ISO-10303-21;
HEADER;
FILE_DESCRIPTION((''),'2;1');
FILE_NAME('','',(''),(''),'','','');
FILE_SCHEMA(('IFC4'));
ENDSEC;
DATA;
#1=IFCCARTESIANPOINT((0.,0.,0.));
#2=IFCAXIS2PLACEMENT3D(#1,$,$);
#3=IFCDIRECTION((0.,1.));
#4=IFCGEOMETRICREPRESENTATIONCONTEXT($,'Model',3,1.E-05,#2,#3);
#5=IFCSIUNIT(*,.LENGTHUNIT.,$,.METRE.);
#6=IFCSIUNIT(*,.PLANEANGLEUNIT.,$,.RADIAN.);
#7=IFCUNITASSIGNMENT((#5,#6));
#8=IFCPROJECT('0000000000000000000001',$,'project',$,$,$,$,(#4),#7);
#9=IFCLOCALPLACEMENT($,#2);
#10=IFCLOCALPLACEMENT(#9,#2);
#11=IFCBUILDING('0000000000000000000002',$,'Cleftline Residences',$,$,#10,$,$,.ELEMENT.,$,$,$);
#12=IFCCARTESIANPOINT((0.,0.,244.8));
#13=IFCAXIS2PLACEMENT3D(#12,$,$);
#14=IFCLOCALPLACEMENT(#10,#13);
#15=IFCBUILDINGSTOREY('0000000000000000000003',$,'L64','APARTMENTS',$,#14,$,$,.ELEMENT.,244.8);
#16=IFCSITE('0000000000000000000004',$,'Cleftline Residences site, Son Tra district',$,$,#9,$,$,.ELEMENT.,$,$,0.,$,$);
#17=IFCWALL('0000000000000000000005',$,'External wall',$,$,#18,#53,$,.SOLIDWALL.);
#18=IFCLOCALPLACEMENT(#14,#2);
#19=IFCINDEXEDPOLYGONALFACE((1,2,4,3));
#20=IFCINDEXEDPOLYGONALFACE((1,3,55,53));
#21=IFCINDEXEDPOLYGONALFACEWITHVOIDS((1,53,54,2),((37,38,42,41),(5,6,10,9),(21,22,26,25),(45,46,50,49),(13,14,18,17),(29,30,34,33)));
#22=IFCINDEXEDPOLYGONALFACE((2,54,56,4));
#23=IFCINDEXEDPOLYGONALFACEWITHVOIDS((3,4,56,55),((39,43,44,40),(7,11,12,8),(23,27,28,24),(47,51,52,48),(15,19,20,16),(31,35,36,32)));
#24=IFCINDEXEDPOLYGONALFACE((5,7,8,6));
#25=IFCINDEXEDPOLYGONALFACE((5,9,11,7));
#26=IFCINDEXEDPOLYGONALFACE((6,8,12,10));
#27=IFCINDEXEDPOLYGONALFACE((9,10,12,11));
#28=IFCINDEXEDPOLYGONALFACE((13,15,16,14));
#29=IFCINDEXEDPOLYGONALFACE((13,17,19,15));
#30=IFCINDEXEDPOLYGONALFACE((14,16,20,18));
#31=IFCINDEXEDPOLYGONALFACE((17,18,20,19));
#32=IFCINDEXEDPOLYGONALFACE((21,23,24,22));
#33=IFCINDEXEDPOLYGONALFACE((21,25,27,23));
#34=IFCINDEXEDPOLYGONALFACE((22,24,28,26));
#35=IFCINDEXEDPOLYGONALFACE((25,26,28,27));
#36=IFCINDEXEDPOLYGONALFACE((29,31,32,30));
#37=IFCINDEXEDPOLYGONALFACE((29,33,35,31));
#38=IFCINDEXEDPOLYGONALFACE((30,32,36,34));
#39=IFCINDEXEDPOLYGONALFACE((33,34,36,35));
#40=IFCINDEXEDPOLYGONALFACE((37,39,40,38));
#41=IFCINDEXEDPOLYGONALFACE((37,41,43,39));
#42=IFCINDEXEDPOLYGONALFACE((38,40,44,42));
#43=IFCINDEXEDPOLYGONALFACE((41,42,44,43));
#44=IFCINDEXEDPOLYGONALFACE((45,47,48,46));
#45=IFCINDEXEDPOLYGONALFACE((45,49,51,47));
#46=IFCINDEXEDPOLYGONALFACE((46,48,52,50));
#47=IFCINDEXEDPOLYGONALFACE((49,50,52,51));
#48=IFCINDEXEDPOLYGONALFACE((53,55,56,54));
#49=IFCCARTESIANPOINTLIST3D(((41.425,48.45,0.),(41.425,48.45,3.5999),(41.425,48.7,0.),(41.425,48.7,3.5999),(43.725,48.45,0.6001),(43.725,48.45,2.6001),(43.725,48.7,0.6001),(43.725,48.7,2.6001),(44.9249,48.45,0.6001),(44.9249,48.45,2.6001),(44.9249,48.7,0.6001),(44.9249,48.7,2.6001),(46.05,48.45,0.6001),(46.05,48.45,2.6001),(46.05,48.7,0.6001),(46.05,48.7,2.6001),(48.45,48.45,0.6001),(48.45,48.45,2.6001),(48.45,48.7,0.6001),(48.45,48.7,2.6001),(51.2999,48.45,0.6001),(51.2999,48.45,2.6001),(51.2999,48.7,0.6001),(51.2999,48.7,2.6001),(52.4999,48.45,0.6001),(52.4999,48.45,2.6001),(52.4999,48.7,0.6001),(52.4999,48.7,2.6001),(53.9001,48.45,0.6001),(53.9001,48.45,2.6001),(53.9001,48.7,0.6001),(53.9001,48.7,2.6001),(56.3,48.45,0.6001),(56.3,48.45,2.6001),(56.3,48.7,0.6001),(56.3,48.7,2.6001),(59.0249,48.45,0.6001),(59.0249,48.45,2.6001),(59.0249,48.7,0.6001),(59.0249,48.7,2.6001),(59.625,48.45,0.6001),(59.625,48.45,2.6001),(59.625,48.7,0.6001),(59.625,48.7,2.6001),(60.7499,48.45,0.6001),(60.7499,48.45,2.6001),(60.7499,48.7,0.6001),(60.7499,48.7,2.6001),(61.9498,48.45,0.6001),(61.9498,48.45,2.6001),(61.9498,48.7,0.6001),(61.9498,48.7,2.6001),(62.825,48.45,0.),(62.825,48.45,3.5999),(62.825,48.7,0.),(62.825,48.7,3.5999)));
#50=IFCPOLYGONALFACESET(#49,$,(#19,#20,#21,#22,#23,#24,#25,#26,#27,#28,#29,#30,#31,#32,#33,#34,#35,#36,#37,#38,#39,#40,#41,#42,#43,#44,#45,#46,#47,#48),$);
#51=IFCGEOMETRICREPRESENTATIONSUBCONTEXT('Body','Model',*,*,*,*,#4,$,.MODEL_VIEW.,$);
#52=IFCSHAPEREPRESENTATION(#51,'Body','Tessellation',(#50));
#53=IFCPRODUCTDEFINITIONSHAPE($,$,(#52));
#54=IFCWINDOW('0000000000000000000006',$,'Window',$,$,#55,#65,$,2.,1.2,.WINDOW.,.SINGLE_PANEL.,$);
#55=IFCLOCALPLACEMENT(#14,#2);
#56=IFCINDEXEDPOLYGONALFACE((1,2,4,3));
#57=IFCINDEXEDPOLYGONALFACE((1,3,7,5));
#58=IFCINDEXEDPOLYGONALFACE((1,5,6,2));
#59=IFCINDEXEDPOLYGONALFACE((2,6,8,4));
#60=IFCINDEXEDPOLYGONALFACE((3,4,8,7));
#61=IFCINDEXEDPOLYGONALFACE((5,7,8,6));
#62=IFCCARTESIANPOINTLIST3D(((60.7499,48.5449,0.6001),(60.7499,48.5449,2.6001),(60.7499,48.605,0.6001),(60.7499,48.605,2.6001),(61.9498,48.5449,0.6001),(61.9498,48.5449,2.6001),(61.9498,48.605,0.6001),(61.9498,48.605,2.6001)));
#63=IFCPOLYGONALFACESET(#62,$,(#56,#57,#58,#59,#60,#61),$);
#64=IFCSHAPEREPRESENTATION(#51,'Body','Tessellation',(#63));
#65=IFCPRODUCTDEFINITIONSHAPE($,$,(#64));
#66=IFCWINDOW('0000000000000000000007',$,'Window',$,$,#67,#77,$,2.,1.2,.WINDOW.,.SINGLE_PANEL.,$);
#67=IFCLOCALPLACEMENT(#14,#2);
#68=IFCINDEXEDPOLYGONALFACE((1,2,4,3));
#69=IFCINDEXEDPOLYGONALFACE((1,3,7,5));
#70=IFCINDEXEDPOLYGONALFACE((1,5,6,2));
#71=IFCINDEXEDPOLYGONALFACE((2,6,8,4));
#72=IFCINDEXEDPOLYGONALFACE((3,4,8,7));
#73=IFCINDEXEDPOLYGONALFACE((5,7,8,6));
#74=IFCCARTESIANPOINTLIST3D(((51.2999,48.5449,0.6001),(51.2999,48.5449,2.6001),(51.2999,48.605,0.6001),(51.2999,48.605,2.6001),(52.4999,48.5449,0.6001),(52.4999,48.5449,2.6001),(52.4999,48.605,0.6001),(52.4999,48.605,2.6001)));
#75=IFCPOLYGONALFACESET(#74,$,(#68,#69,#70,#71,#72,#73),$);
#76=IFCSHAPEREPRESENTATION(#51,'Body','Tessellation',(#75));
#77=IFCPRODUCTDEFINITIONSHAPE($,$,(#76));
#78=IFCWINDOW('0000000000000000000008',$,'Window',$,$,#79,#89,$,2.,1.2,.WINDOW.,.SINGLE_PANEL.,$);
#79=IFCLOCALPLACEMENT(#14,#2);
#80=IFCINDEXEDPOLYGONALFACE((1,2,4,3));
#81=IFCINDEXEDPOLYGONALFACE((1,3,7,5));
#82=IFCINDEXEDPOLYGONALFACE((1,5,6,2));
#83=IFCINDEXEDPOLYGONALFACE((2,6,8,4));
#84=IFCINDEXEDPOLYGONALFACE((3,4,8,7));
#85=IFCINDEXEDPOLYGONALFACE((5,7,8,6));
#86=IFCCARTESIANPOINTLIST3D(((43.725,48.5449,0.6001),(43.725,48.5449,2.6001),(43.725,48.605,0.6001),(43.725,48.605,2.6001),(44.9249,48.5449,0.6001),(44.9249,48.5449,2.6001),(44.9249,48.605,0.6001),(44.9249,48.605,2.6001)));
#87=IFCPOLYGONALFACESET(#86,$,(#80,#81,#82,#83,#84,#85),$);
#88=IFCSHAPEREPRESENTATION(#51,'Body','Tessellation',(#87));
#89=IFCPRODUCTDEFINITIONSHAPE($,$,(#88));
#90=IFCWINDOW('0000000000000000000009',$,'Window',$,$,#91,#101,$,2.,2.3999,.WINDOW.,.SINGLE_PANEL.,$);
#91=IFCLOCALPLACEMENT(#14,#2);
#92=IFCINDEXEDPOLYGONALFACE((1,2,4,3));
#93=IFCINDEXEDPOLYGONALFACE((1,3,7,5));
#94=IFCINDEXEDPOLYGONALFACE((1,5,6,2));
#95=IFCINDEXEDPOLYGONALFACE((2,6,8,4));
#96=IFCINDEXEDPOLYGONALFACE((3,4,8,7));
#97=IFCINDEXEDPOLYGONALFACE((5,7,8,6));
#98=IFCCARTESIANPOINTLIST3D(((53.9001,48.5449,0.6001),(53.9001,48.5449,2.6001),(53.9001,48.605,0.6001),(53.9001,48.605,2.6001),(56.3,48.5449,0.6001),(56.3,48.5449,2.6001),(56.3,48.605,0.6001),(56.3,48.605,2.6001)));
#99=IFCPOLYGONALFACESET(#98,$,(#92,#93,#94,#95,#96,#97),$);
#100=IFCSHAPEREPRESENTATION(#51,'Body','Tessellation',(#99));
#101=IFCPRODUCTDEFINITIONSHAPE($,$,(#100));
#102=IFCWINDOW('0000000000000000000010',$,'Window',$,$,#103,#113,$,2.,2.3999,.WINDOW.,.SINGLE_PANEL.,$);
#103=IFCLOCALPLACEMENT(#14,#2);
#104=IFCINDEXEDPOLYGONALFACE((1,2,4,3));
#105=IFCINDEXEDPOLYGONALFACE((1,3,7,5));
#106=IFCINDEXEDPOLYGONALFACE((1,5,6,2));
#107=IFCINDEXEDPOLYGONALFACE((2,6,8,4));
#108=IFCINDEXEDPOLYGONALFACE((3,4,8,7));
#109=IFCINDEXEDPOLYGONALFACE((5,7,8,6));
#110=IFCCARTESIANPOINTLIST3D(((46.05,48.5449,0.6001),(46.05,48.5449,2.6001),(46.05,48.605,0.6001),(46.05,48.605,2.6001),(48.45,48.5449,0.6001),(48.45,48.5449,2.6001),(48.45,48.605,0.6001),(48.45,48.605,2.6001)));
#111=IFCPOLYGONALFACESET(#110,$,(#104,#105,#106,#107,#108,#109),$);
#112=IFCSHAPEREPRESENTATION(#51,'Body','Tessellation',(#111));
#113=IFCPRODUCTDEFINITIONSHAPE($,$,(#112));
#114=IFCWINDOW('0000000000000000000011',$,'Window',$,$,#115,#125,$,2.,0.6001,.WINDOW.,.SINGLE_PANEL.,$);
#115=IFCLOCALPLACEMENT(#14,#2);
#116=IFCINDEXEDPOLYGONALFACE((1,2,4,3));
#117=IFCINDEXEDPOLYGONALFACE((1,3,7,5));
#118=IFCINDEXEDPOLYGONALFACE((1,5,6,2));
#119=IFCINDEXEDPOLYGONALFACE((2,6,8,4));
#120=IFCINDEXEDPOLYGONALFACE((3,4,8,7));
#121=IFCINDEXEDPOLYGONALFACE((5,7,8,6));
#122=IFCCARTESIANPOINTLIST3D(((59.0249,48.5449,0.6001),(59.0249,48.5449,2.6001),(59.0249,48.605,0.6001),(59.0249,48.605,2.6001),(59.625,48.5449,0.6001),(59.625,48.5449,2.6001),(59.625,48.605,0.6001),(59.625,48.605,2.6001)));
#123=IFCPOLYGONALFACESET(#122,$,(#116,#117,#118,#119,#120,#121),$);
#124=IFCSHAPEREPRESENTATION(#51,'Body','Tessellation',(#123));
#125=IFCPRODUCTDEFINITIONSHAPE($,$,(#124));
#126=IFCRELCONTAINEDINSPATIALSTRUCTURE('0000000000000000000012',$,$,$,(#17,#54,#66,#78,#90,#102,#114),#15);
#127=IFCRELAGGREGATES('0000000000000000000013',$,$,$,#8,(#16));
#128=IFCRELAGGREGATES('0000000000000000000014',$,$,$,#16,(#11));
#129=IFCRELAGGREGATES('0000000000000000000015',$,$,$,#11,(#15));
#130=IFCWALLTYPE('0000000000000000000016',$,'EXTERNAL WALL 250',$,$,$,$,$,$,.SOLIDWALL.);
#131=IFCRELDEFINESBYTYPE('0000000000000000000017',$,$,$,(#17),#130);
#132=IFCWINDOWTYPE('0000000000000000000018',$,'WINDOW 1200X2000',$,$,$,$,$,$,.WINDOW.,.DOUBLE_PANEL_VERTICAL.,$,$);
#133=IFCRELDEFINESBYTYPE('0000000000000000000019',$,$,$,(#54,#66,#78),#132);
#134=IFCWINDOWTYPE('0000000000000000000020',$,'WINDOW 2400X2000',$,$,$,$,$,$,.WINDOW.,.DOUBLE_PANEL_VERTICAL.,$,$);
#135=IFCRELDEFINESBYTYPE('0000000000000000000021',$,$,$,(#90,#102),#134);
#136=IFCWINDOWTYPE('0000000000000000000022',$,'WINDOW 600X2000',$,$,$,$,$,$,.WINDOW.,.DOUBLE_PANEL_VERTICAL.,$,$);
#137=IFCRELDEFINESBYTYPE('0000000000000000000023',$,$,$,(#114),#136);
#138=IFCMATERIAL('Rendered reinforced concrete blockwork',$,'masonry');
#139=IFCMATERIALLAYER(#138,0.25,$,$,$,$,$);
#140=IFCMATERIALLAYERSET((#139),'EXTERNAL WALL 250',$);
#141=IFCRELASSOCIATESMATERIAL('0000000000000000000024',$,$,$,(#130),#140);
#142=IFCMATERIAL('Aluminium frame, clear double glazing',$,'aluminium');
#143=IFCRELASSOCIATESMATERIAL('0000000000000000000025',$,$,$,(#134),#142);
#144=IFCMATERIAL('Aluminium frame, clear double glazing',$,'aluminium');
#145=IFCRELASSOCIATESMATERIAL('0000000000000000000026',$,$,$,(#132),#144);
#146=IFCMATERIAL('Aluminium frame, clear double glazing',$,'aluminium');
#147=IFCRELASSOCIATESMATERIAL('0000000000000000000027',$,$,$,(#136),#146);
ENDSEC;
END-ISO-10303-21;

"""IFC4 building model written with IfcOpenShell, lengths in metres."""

from ifc_helpers import new_model, si_unit, direction, frame, frame_2d, origin, place, context, subcontext, project, spatial, rectangle, extrude, material, layer, layer_set, type_object, element, fill, save


model = new_model("IFC4")

# Units and contexts
model_context = context("Model", 3, precision=1e-05, world=origin(), true_north=direction((0.0, 1.0)))
body_context = subcontext(model_context, "Body", "Model", "MODEL_VIEW")
ifc_project = project(units=[si_unit("LENGTHUNIT", "METRE"), si_unit("PLANEANGLEUNIT", "RADIAN")], contexts=[model_context])

# Site, building, storey
site_placement = place(None, origin())
site = spatial("IfcSite", under=ifc_project, at=site_placement, Name="Cleftline Residences site, Son Tra district", CompositionType="ELEMENT", RefElevation=0.0)
building_placement = place(site_placement, origin())
building = spatial("IfcBuilding", under=site, at=building_placement, Name="Cleftline Residences", CompositionType="ELEMENT")
storey_placement = place(building_placement, frame((0.0, 0.0, 244.8)))
storey = spatial("IfcBuildingStorey", under=building, at=storey_placement, Name="L64", Description="APARTMENTS", CompositionType="ELEMENT", Elevation=244.8)

# Shared definitions
ifc_material_1 = material(Name="Rendered reinforced concrete blockwork", Category="masonry")
ifc_layer_1 = layer(ifc_material_1, 0.25)
ifc_layer_set_1 = layer_set([ifc_layer_1], Name="EXTERNAL WALL 250")
wall_type_1 = type_object("IfcWallType", Name="EXTERNAL WALL 250", PredefinedType="SOLIDWALL", material=ifc_layer_set_1)
ifc_material_2 = material(Name="Aluminium frame, clear double glazing", Category="aluminium")
window_type_1 = type_object("IfcWindowType", Name="WINDOW 2400X2000", PartitioningType="DOUBLE_PANEL_VERTICAL", PredefinedType="WINDOW", material=ifc_material_2)

# Wall, openings, windows
wall_1_placement = place(storey_placement, frame((62.825, 48.575, 0.0), z_axis=(0.0, 0.0, 1.0), x_axis=(-1.0, 0.0, 0.0)))
wall_1 = element("IfcWall", 1, at=wall_1_placement, inside=storey, type_object=wall_type_1, Name="External wall", PredefinedType="SOLIDWALL", context=body_context, shape_type="SweptSolid", body=[
    extrude(rectangle(XDim=21.3999, YDim=0.25, at=frame_2d((10.7, 0.0))), origin(), (0.0, 0.0, 1.0), 3.5999),
])
opening_1_placement = place(wall_1_placement, frame((0.875, 0.0, 0.6001)))
opening_1 = element("IfcOpeningElement", 2, at=opening_1_placement, cuts=wall_1, PredefinedType="OPENING", context=body_context, shape_type="SweptSolid", body=[
    extrude(rectangle(XDim=1.2, YDim=2.0, at=frame_2d((0.6001, 1.0))), frame((0.0, 0.135, 0.0), z_axis=(0.0, -1.0, 0.0), x_axis=(1.0, 0.0, 0.0)), (0.0, 0.0, 1.0), 0.27),
])
opening_2_placement = place(wall_1_placement, frame((3.2, 0.0, 0.6001)))
opening_2 = element("IfcOpeningElement", 3, at=opening_2_placement, cuts=wall_1, PredefinedType="OPENING", context=body_context, shape_type="SweptSolid", body=[
    extrude(rectangle(XDim=0.6001, YDim=2.0, at=frame_2d((0.3, 1.0))), frame((0.0, 0.135, 0.0), z_axis=(0.0, -1.0, 0.0), x_axis=(1.0, 0.0, 0.0)), (0.0, 0.0, 1.0), 0.27),
])
opening_3_placement = place(wall_1_placement, frame((6.5249, 0.0, 0.6001)))
opening_3 = element("IfcOpeningElement", 4, at=opening_3_placement, cuts=wall_1, PredefinedType="OPENING", context=body_context, shape_type="SweptSolid", body=[
    extrude(rectangle(XDim=2.3999, YDim=2.0, at=frame_2d((1.2, 1.0))), frame((0.0, 0.135, 0.0), z_axis=(0.0, -1.0, 0.0), x_axis=(1.0, 0.0, 0.0)), (0.0, 0.0, 1.0), 0.27),
])
opening_4_placement = place(wall_1_placement, frame((10.325, 0.0, 0.6001)))
opening_4 = element("IfcOpeningElement", 5, at=opening_4_placement, cuts=wall_1, PredefinedType="OPENING", context=body_context, shape_type="SweptSolid", body=[
    extrude(rectangle(XDim=1.2, YDim=2.0, at=frame_2d((0.6001, 1.0))), frame((0.0, 0.135, 0.0), z_axis=(0.0, -1.0, 0.0), x_axis=(1.0, 0.0, 0.0)), (0.0, 0.0, 1.0), 0.27),
])
opening_5_placement = place(wall_1_placement, frame((14.375, 0.0, 0.6001)))
opening_5 = element("IfcOpeningElement", 6, at=opening_5_placement, cuts=wall_1, PredefinedType="OPENING", context=body_context, shape_type="SweptSolid", body=[
    extrude(rectangle(XDim=2.3999, YDim=2.0, at=frame_2d((1.2, 1.0))), frame((0.0, 0.135, 0.0), z_axis=(0.0, -1.0, 0.0), x_axis=(1.0, 0.0, 0.0)), (0.0, 0.0, 1.0), 0.27),
])
opening_6_placement = place(wall_1_placement, frame((17.8999, 0.0, 0.6001)))
opening_6 = element("IfcOpeningElement", 7, at=opening_6_placement, cuts=wall_1, PredefinedType="OPENING", context=body_context, shape_type="SweptSolid", body=[
    extrude(rectangle(XDim=1.2, YDim=2.0, at=frame_2d((0.6001, 1.0))), frame((0.0, 0.135, 0.0), z_axis=(0.0, -1.0, 0.0), x_axis=(1.0, 0.0, 0.0)), (0.0, 0.0, 1.0), 0.27),
])
ifc_material_3 = material(Name="Aluminium frame, clear double glazing", Category="aluminium")
window_type_2 = type_object("IfcWindowType", Name="WINDOW 1200X2000", PartitioningType="DOUBLE_PANEL_VERTICAL", PredefinedType="WINDOW", material=ifc_material_3)
window_1_placement = place(opening_1_placement, origin())
window_1 = element("IfcWindow", 8, at=window_1_placement, inside=storey, type_object=window_type_2, Name="Window", OverallHeight=2.0, OverallWidth=1.2, PartitioningType="SINGLE_PANEL", PredefinedType="WINDOW", context=body_context, shape_type="SweptSolid", body=[
    extrude(rectangle(XDim=1.2, YDim=2.0, at=frame_2d((0.6001, 1.0))), frame((0.0, 0.03, 0.0), z_axis=(0.0, -1.0, 0.0), x_axis=(1.0, 0.0, 0.0)), (0.0, 0.0, 1.0), 0.0601),
])
fill(opening_1, window_1)
window_2_placement = place(opening_4_placement, origin())
window_2 = element("IfcWindow", 9, at=window_2_placement, inside=storey, type_object=window_type_2, Name="Window", OverallHeight=2.0, OverallWidth=1.2, PartitioningType="SINGLE_PANEL", PredefinedType="WINDOW", context=body_context, shape_type="SweptSolid", body=[
    extrude(rectangle(XDim=1.2, YDim=2.0, at=frame_2d((0.6001, 1.0))), frame((0.0, 0.03, 0.0), z_axis=(0.0, -1.0, 0.0), x_axis=(1.0, 0.0, 0.0)), (0.0, 0.0, 1.0), 0.0601),
])
fill(opening_4, window_2)
window_3_placement = place(opening_6_placement, origin())
window_3 = element("IfcWindow", 10, at=window_3_placement, inside=storey, type_object=window_type_2, Name="Window", OverallHeight=2.0, OverallWidth=1.2, PartitioningType="SINGLE_PANEL", PredefinedType="WINDOW", context=body_context, shape_type="SweptSolid", body=[
    extrude(rectangle(XDim=1.2, YDim=2.0, at=frame_2d((0.6001, 1.0))), frame((0.0, 0.03, 0.0), z_axis=(0.0, -1.0, 0.0), x_axis=(1.0, 0.0, 0.0)), (0.0, 0.0, 1.0), 0.0601),
])
fill(opening_6, window_3)
window_4_placement = place(opening_3_placement, origin())
window_4 = element("IfcWindow", 11, at=window_4_placement, inside=storey, type_object=window_type_1, Name="Window", OverallHeight=2.0, OverallWidth=2.3999, PartitioningType="SINGLE_PANEL", PredefinedType="WINDOW", context=body_context, shape_type="SweptSolid", body=[
    extrude(rectangle(XDim=2.3999, YDim=2.0, at=frame_2d((1.2, 1.0))), frame((0.0, 0.03, 0.0), z_axis=(0.0, -1.0, 0.0), x_axis=(1.0, 0.0, 0.0)), (0.0, 0.0, 1.0), 0.0601),
])
fill(opening_3, window_4)
window_5_placement = place(opening_5_placement, origin())
window_5 = element("IfcWindow", 12, at=window_5_placement, inside=storey, type_object=window_type_1, Name="Window", OverallHeight=2.0, OverallWidth=2.3999, PartitioningType="SINGLE_PANEL", PredefinedType="WINDOW", context=body_context, shape_type="SweptSolid", body=[
    extrude(rectangle(XDim=2.3999, YDim=2.0, at=frame_2d((1.2, 1.0))), frame((0.0, 0.03, 0.0), z_axis=(0.0, -1.0, 0.0), x_axis=(1.0, 0.0, 0.0)), (0.0, 0.0, 1.0), 0.0601),
])
fill(opening_5, window_5)
ifc_material_4 = material(Name="Aluminium frame, clear double glazing", Category="aluminium")
window_type_3 = type_object("IfcWindowType", Name="WINDOW 600X2000", PartitioningType="DOUBLE_PANEL_VERTICAL", PredefinedType="WINDOW", material=ifc_material_4)
window_6_placement = place(opening_2_placement, origin())
window_6 = element("IfcWindow", 13, at=window_6_placement, inside=storey, type_object=window_type_3, Name="Window", OverallHeight=2.0, OverallWidth=0.6001, PartitioningType="SINGLE_PANEL", PredefinedType="WINDOW", context=body_context, shape_type="SweptSolid", body=[
    extrude(rectangle(XDim=0.6001, YDim=2.0, at=frame_2d((0.3, 1.0))), frame((0.0, 0.03, 0.0), z_axis=(0.0, -1.0, 0.0), x_axis=(1.0, 0.0, 0.0)), (0.0, 0.0, 1.0), 0.0601),
])
fill(opening_2, window_6)

save(model, "model.ifc")
